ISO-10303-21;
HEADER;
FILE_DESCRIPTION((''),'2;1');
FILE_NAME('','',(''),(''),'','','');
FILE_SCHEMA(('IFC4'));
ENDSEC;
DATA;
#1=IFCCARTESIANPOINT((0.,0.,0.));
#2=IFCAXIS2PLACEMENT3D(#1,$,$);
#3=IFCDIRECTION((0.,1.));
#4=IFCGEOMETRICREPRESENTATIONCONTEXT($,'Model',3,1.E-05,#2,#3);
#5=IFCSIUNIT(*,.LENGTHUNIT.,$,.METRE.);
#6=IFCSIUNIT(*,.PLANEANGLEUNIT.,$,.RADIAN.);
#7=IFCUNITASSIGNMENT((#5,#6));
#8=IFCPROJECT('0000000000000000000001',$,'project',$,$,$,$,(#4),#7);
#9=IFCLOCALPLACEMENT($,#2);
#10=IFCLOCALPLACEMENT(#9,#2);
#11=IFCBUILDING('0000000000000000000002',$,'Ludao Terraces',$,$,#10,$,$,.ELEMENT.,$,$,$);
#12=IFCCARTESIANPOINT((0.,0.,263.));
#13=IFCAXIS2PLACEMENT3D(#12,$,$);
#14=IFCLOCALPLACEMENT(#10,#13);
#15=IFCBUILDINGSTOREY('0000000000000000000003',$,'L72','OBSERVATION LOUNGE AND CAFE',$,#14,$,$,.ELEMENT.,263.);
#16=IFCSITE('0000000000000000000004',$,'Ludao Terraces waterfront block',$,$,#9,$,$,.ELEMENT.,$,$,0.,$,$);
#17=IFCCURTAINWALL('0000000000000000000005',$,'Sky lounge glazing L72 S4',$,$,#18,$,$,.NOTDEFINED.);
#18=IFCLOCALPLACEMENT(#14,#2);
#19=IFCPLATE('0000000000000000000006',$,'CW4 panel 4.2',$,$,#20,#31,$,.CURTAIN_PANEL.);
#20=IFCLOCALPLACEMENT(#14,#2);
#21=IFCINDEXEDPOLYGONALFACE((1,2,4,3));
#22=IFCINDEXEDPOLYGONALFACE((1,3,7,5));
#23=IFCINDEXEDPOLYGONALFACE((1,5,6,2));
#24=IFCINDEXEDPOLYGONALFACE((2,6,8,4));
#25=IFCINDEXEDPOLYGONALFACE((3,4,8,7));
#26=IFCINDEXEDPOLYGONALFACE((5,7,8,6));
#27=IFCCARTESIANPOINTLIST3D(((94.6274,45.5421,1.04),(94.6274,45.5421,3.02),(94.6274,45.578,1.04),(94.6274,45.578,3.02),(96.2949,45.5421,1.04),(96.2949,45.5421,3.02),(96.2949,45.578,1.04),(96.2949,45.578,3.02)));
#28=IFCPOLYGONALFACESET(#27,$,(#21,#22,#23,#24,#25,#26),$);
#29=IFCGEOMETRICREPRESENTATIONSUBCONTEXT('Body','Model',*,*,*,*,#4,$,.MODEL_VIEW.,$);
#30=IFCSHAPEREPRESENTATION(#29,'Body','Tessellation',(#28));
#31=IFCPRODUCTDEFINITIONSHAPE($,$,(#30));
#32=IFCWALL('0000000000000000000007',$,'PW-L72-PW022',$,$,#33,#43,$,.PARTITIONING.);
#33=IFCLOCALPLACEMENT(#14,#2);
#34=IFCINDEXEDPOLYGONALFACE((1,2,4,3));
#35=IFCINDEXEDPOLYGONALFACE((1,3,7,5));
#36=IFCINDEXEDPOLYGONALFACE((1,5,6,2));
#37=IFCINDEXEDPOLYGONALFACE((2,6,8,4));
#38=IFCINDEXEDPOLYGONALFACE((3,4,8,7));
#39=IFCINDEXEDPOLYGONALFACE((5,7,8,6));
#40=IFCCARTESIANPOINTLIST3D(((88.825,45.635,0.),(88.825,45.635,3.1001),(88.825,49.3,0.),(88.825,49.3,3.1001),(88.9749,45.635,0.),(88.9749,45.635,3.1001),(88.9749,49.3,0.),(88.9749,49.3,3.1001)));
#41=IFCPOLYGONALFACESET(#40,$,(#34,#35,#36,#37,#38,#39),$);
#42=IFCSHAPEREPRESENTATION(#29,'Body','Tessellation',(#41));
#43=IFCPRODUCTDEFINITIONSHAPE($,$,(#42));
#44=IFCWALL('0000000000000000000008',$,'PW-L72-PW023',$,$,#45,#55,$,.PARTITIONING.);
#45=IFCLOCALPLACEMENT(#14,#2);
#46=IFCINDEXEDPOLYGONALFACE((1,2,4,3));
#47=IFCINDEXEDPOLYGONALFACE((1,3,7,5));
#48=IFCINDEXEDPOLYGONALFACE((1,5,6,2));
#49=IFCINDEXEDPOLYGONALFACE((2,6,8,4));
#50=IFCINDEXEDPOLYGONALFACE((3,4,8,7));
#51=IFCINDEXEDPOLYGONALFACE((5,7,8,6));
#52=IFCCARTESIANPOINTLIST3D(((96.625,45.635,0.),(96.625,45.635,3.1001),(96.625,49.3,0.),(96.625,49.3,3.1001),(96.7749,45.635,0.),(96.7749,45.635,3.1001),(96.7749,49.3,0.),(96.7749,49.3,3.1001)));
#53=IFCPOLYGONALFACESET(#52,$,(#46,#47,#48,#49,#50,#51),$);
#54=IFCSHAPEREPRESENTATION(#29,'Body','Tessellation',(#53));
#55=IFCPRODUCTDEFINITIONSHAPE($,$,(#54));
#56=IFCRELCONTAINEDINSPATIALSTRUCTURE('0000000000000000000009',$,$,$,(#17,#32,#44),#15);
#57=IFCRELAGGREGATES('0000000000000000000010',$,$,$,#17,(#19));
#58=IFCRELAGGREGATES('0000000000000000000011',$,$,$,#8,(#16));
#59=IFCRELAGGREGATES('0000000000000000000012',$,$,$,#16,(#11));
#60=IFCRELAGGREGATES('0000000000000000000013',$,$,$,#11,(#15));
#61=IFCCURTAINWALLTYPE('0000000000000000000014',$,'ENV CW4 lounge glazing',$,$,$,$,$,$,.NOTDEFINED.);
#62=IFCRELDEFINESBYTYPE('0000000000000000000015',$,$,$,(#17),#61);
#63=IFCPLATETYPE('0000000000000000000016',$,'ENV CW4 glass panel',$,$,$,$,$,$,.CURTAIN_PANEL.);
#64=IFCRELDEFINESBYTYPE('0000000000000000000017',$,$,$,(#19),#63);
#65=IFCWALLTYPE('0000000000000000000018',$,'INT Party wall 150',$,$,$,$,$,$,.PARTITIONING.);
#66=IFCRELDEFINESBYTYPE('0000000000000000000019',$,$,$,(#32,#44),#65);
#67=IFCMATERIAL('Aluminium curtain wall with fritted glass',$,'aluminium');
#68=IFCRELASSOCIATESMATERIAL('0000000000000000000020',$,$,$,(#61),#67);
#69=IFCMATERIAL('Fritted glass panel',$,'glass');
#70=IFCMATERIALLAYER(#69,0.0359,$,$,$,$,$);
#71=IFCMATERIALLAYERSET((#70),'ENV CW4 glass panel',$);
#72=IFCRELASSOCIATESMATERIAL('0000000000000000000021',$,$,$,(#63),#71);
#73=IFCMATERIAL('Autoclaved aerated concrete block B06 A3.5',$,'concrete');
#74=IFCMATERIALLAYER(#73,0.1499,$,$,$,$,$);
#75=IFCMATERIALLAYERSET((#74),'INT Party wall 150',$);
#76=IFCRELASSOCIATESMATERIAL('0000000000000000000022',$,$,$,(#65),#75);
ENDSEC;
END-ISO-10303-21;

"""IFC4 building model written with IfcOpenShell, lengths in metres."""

from ifc_helpers import new_model, si_unit, direction, frame, frame_2d, origin, origin_2d, place, context, subcontext, project, spatial, rectangle, extrude, material, layer, layer_set, type_object, element, aggregate, save


model = new_model("IFC4")

# Units and contexts
model_context = context("Model", 3, precision=1e-05, world=origin(), true_north=direction((0.0, 1.0)))
body_context = subcontext(model_context, "Body", "Model", "MODEL_VIEW")
ifc_project = project(units=[si_unit("LENGTHUNIT", "METRE"), si_unit("PLANEANGLEUNIT", "RADIAN")], contexts=[model_context])

# Site, building, storey
site_placement = place(None, origin())
site = spatial("IfcSite", under=ifc_project, at=site_placement, Name="Ludao Terraces waterfront block", CompositionType="ELEMENT", RefElevation=0.0)
building_placement = place(site_placement, origin())
building = spatial("IfcBuilding", under=site, at=building_placement, Name="Ludao Terraces", CompositionType="ELEMENT")
storey_placement = place(building_placement, frame((0.0, 0.0, 263.0)))
storey = spatial("IfcBuildingStorey", under=building, at=storey_placement, Name="L72", Description="OBSERVATION LOUNGE AND CAFE", CompositionType="ELEMENT", Elevation=263.0)

# Curtain wall
ifc_material_1 = material(Name="Aluminium curtain wall with fritted glass", Category="aluminium")
curtain_wall_type = type_object("IfcCurtainWallType", Name="ENV CW4 lounge glazing", PredefinedType="NOTDEFINED", material=ifc_material_1)
curtain_wall_1_placement = place(storey_placement, origin())
curtain_wall_1 = element("IfcCurtainWall", 1, at=curtain_wall_1_placement, inside=storey, type_object=curtain_wall_type, Name="Sky lounge glazing L72 S4", PredefinedType="NOTDEFINED")

# Plate
ifc_material_2 = material(Name="Fritted glass panel", Category="glass")
ifc_layer_1 = layer(ifc_material_2, 0.0359)
ifc_layer_set_1 = layer_set([ifc_layer_1], Name="ENV CW4 glass panel")
plate_type = type_object("IfcPlateType", Name="ENV CW4 glass panel", PredefinedType="CURTAIN_PANEL", material=ifc_layer_set_1)
plate_1_placement = place(storey_placement, frame((95.4612, 45.5601, 1.04), z_axis=(0.0, 0.0, 1.0), x_axis=(1.0, 0.0, 0.0)))
plate_1 = element("IfcPlate", 2, at=plate_1_placement, type_object=plate_type, Name="CW4 panel 4.2", PredefinedType="CURTAIN_PANEL", context=body_context, shape_type="SweptSolid", body=[
    extrude(rectangle(XDim=1.6675, YDim=0.0359, at=origin_2d()), origin(), (0.0, 0.0, 1.0), 1.98),
])
aggregate(curtain_wall_1, [plate_1])

# Walls
ifc_material_3 = material(Name="Autoclaved aerated concrete block B06 A3.5", Category="concrete")
ifc_layer_2 = layer(ifc_material_3, 0.1499)
ifc_layer_set_2 = layer_set([ifc_layer_2], Name="INT Party wall 150")
wall_type = type_object("IfcWallType", Name="INT Party wall 150", PredefinedType="PARTITIONING", material=ifc_layer_set_2)
for number, where, z_axis, x_axis, name in (
    (3, (88.8999, 45.635, 0.0), (0.0, 0.0, 1.0), (0.0, 1.0, 0.0), "PW-L72-PW022"),
    (4, (96.7, 45.635, 0.0), (0.0, 0.0, 1.0), (0.0, 1.0, 0.0), "PW-L72-PW023"),
):
    element("IfcWall", number, at=place(storey_placement, frame(where, z_axis=z_axis, x_axis=x_axis)), inside=storey, type_object=wall_type, Name=name, PredefinedType="PARTITIONING", context=body_context, shape_type="SweptSolid", body=[
        extrude(rectangle(XDim=3.665, YDim=0.1499, at=frame_2d((1.8325, 0.0))), origin(), (0.0, 0.0, 1.0), 3.1001),
    ])

save(model, "model.ifc")
